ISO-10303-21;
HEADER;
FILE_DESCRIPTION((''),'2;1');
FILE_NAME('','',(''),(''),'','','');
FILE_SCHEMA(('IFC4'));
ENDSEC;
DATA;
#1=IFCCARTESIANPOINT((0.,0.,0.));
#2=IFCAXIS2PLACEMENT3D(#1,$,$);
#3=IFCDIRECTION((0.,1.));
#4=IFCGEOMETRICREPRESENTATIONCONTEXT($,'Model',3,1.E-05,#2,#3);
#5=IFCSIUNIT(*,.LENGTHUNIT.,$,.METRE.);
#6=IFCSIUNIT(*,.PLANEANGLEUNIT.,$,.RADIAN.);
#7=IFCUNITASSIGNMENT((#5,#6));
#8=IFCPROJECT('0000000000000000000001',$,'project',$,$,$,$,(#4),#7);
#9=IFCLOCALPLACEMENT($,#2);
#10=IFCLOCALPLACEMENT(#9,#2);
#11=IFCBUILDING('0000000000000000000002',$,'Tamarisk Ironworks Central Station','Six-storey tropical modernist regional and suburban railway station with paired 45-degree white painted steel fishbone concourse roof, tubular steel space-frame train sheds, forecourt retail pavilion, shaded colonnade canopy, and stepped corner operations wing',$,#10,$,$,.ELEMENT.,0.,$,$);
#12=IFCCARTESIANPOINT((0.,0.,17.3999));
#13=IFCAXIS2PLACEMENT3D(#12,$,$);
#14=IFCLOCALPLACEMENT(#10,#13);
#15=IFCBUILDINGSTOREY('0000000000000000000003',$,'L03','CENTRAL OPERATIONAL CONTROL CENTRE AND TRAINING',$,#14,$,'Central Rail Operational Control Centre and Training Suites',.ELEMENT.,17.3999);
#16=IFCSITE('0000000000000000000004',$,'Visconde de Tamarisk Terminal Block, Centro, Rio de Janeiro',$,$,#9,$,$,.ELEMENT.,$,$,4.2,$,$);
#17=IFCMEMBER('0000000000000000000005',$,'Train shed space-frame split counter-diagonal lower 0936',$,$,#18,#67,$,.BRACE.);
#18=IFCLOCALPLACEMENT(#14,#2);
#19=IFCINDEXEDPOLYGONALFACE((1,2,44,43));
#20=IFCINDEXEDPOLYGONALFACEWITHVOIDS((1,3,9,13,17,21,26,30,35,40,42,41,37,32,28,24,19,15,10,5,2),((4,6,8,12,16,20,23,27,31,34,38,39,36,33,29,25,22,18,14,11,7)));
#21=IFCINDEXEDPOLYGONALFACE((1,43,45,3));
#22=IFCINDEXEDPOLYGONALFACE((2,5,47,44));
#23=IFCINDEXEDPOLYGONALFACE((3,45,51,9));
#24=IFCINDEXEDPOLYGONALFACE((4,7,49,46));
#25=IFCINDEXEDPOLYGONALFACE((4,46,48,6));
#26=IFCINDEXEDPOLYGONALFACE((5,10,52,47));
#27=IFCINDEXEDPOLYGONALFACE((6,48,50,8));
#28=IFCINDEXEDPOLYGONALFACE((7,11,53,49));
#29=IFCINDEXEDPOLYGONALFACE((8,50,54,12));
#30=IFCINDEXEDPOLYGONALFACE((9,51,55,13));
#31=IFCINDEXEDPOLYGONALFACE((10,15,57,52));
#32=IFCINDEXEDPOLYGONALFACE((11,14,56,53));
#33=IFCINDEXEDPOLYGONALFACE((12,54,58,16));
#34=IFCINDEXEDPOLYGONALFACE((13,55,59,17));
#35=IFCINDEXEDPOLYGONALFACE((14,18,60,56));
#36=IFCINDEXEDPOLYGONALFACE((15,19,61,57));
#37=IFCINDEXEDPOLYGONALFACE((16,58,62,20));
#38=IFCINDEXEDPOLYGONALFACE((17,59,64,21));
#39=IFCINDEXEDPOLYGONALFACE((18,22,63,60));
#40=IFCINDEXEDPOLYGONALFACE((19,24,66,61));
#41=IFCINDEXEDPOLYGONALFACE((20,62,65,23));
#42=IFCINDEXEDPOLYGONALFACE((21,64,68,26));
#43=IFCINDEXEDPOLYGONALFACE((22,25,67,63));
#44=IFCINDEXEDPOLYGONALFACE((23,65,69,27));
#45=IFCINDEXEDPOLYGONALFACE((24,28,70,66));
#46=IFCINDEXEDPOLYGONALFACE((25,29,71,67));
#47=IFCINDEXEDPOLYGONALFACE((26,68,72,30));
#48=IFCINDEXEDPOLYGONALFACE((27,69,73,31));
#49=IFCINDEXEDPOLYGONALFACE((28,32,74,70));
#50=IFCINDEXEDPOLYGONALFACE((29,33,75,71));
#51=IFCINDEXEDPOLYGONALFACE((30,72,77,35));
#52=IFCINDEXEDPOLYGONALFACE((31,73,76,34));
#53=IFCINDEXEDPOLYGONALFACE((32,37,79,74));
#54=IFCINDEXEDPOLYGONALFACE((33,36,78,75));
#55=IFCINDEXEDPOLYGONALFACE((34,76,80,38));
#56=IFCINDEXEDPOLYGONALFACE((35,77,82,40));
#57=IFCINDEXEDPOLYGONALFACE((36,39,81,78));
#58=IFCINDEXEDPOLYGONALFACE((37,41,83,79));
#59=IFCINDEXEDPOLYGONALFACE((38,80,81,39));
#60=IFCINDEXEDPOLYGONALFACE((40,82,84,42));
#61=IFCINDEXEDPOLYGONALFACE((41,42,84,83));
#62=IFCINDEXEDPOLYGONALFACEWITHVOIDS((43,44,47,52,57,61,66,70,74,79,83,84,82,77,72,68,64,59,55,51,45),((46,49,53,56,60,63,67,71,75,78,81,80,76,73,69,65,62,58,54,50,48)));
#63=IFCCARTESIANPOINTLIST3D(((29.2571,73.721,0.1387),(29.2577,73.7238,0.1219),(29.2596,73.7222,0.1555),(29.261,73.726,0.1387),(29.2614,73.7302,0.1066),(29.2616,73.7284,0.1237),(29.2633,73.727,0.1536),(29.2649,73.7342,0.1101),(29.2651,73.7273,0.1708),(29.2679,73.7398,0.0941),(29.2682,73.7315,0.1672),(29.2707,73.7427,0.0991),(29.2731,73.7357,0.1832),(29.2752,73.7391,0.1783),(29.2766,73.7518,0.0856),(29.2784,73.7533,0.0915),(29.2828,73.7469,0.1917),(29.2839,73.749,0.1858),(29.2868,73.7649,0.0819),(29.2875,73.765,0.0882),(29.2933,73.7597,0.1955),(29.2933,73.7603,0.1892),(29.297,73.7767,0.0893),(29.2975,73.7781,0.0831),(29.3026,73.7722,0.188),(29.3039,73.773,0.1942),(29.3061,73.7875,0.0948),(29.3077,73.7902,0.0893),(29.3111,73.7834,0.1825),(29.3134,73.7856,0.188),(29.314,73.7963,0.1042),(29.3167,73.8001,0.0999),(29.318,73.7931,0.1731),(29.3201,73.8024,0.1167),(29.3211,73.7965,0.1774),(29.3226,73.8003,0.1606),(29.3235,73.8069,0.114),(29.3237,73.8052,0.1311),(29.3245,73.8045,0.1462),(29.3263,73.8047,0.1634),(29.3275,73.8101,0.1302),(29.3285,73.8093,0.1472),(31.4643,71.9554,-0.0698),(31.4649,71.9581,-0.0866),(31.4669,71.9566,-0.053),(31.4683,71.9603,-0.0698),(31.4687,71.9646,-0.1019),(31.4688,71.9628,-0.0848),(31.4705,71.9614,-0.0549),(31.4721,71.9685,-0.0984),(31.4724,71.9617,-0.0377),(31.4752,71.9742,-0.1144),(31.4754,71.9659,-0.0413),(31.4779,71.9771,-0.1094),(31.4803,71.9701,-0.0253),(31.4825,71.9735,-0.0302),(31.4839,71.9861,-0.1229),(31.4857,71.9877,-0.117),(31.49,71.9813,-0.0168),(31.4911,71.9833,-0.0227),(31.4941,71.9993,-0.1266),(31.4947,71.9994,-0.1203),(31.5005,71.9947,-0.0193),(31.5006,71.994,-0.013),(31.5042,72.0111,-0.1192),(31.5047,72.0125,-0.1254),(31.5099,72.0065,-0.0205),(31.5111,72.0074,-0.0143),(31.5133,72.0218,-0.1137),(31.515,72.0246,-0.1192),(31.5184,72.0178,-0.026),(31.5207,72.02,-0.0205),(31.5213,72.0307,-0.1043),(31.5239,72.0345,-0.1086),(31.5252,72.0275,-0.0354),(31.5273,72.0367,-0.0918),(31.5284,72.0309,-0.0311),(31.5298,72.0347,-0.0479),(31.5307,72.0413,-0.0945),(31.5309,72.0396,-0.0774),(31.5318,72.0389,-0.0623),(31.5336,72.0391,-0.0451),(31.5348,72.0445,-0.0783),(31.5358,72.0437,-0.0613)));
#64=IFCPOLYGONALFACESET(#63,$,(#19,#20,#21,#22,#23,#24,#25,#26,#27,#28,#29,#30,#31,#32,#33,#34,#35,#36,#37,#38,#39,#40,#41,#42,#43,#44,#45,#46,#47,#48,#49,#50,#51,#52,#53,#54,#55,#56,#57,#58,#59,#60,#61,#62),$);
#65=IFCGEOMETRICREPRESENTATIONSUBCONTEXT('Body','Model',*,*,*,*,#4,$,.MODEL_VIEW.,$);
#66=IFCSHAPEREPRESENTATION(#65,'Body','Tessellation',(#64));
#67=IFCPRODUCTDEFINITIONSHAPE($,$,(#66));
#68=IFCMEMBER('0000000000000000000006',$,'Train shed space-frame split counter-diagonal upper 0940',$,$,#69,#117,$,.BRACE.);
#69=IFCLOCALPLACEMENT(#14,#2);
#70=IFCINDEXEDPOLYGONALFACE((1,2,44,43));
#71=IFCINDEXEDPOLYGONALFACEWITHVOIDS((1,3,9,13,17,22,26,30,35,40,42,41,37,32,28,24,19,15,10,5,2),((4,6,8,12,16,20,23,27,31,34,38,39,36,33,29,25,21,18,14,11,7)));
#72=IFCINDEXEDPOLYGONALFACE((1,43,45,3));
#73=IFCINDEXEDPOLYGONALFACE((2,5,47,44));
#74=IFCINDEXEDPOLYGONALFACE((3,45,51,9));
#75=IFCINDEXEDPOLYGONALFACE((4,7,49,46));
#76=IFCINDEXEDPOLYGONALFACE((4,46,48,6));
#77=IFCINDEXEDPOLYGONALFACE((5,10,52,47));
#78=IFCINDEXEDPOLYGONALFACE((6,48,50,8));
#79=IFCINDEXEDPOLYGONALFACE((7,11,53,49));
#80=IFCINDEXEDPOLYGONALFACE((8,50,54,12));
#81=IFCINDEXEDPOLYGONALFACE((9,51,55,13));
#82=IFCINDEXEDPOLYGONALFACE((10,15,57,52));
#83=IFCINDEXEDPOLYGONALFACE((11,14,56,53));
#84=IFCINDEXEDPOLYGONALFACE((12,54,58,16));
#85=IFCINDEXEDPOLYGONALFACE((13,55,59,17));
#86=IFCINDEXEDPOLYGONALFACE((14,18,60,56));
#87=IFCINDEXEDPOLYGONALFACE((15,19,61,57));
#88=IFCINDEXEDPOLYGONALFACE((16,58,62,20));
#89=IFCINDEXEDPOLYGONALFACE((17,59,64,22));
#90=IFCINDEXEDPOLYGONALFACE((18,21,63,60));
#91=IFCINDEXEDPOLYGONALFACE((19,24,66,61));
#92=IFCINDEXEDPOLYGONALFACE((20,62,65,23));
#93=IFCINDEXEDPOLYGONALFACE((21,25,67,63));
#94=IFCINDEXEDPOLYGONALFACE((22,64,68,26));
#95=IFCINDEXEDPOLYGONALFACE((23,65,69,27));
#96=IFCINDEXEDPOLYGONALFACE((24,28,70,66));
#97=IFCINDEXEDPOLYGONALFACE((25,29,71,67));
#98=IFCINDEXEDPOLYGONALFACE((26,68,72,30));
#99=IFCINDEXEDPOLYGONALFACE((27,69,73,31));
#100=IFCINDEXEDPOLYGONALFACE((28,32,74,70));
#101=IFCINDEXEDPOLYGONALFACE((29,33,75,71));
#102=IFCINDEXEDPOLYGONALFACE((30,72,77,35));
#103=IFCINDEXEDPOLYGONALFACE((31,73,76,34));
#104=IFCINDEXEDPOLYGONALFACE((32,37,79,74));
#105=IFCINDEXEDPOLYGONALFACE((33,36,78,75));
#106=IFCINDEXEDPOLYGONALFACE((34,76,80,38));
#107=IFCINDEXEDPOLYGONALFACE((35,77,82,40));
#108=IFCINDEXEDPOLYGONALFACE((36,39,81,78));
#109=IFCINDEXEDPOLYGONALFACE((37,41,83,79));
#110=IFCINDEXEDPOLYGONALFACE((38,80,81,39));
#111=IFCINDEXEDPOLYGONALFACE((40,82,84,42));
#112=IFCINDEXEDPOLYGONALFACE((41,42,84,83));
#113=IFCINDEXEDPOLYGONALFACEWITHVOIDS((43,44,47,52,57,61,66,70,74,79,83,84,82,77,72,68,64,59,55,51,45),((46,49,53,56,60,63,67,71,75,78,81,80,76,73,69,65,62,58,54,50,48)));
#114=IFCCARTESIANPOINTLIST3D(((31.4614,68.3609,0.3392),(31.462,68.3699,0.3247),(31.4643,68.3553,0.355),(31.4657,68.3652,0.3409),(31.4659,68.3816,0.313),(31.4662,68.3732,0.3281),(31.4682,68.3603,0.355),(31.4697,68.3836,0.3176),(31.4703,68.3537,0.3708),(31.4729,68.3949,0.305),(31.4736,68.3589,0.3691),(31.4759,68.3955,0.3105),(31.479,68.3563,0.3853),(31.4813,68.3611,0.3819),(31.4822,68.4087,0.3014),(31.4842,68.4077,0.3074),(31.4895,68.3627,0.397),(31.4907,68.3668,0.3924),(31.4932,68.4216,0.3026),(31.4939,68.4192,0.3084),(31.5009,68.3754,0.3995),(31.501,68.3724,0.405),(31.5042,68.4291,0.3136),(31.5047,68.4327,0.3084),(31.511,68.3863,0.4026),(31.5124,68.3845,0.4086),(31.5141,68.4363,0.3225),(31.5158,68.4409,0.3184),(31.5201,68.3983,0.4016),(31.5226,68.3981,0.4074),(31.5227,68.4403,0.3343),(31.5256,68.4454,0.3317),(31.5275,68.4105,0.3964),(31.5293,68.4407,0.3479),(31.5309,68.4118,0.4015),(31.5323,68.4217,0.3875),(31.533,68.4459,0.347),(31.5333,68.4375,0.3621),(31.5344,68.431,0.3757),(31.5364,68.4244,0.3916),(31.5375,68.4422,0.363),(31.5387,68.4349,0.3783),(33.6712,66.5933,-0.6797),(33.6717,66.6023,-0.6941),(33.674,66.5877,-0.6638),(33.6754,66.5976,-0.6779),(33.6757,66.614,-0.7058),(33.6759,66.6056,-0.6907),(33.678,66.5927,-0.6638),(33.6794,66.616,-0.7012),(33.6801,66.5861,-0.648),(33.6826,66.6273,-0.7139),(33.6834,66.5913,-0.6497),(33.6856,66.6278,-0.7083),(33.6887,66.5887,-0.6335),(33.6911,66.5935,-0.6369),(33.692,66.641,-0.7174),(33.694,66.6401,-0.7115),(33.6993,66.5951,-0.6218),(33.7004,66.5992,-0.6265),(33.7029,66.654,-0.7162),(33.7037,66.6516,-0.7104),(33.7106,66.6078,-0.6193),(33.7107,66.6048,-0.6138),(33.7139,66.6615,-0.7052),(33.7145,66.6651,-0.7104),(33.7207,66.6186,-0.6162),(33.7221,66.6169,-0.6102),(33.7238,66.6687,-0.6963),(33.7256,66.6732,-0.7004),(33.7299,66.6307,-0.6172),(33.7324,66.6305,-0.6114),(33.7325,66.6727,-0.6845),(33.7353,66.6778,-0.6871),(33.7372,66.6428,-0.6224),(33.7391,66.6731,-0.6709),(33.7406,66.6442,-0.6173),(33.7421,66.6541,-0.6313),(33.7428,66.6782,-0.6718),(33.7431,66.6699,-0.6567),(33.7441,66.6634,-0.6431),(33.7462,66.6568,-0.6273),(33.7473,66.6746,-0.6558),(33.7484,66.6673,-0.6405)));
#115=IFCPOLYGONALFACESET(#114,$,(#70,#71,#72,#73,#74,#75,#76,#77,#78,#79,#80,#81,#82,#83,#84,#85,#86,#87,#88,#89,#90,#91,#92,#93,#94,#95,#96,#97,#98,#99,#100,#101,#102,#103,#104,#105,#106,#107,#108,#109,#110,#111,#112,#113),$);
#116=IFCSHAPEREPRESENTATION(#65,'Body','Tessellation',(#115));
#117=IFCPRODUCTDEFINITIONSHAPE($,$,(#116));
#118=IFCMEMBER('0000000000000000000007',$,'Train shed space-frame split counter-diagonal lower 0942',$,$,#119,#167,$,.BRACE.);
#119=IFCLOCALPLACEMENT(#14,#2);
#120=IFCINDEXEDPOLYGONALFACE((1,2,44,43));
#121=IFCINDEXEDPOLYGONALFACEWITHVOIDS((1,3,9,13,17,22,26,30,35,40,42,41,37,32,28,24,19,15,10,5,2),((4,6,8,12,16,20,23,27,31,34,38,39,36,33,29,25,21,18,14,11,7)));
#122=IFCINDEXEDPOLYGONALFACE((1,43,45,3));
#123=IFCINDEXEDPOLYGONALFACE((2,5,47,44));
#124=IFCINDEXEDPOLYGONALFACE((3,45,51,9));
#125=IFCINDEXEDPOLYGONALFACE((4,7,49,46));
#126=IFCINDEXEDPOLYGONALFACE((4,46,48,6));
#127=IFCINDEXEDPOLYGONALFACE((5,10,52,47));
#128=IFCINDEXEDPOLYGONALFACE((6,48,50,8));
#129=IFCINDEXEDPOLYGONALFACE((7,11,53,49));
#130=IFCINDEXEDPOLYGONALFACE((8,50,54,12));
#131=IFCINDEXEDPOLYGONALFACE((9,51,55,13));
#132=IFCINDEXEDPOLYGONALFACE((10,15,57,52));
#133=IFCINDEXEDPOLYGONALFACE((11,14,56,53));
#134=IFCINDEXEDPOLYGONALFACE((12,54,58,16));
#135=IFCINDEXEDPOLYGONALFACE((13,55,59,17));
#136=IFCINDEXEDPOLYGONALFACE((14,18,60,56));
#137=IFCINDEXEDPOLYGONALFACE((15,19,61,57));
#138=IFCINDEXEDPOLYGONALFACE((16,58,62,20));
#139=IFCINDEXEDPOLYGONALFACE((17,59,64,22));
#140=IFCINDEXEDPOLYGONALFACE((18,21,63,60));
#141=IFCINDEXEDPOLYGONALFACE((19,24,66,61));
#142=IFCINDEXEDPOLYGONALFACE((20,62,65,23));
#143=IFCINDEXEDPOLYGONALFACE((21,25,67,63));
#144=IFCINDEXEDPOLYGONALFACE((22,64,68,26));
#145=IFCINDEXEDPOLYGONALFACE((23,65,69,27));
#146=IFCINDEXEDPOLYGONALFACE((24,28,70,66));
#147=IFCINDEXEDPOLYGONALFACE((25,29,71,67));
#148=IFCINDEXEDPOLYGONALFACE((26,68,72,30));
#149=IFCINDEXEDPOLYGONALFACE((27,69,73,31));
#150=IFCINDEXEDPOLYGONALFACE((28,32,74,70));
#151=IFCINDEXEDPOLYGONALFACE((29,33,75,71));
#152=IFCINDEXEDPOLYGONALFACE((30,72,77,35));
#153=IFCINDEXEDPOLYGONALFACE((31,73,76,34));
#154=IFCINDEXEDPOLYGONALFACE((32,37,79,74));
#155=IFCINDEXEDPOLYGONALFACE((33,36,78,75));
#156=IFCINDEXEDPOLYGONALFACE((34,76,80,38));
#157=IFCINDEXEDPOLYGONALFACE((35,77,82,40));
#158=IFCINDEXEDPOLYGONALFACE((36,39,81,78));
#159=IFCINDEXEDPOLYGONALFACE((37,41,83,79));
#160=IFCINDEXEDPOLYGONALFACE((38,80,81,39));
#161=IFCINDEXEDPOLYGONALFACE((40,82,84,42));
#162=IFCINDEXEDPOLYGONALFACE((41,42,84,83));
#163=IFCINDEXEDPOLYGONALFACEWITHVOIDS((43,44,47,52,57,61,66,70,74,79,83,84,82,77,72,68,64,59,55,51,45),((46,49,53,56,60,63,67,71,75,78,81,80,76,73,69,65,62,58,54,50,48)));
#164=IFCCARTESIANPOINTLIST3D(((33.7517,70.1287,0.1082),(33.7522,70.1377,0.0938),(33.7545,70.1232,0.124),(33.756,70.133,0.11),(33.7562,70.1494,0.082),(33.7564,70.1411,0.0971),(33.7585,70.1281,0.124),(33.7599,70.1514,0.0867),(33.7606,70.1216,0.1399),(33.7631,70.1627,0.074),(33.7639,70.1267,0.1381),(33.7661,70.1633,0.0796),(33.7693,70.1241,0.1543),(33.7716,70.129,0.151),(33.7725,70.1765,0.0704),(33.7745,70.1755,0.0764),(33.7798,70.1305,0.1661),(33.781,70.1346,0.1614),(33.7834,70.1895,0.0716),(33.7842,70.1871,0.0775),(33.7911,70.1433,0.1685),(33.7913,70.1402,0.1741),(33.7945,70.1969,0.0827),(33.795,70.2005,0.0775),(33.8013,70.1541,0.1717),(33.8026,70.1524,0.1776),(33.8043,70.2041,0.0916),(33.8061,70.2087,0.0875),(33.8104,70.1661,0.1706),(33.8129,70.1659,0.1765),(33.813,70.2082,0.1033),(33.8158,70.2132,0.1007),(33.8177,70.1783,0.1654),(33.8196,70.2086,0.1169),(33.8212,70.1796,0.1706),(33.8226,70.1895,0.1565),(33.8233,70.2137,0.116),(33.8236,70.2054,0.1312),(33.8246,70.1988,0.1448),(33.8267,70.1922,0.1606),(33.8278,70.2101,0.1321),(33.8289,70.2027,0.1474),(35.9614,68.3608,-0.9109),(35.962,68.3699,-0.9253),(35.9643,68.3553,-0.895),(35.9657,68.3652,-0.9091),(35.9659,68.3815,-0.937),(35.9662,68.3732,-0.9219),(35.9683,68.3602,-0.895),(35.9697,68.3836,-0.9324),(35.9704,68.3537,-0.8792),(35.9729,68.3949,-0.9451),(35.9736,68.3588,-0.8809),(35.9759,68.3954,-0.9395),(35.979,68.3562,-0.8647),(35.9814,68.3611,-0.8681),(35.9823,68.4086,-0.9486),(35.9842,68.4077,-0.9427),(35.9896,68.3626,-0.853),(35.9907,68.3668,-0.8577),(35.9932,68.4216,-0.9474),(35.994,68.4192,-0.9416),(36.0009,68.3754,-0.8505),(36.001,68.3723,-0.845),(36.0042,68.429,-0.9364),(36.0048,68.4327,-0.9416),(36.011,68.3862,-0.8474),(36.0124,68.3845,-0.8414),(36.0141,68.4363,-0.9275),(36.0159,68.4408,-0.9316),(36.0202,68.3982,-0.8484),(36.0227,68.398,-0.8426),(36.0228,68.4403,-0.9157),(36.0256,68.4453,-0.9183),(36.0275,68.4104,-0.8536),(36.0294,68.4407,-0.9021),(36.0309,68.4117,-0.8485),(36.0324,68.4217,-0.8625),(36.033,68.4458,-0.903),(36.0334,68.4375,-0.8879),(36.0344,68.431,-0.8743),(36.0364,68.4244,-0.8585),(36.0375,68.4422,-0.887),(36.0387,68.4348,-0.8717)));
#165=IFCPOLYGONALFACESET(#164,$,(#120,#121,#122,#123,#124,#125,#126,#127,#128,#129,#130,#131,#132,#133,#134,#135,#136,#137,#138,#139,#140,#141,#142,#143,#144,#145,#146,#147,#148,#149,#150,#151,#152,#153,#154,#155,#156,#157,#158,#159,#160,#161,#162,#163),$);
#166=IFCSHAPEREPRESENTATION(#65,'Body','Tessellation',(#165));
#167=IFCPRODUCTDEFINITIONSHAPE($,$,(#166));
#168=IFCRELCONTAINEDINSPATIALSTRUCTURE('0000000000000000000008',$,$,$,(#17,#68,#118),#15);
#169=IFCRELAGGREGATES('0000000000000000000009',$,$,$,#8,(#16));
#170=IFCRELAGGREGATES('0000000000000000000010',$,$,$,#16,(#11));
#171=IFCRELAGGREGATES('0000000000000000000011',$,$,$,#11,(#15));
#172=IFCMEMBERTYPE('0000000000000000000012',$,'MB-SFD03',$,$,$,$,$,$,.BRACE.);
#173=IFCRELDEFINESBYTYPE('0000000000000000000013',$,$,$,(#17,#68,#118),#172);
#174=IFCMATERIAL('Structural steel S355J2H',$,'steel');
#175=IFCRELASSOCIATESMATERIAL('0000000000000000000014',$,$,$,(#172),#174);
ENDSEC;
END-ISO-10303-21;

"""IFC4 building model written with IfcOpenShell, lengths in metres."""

from ifc_helpers import new_model, si_unit, direction, frame, origin, origin_2d, place, context, subcontext, project, spatial, hollow_circle, extrude, material, material_profile, profile_set, type_object, element, save


model = new_model("IFC4")

# Units and contexts
model_context = context("Model", 3, precision=1e-05, world=origin(), true_north=direction((0.0, 1.0)))
body_context = subcontext(model_context, "Body", "Model", "MODEL_VIEW")
ifc_project = project(units=[si_unit("LENGTHUNIT", "METRE"), si_unit("PLANEANGLEUNIT", "RADIAN")], contexts=[model_context])

# Site, building, storey
site_placement = place(None, origin())
site = spatial("IfcSite", under=ifc_project, at=site_placement, Name="Visconde de Tamarisk Terminal Block, Centro, Rio de Janeiro", CompositionType="ELEMENT", RefElevation=4.2)
building_placement = place(site_placement, origin())
building = spatial("IfcBuilding", under=site, at=building_placement, Name="Tamarisk Ironworks Central Station", Description="Six-storey tropical modernist regional and suburban railway station with paired 45-degree white painted steel fishbone concourse roof, tubular steel space-frame train sheds, forecourt retail pavilion, shaded colonnade canopy, and stepped corner operations wing", CompositionType="ELEMENT", ElevationOfRefHeight=0.0)
storey_placement = place(building_placement, frame((0.0, 0.0, 17.3999)))
storey = spatial("IfcBuildingStorey", under=building, at=storey_placement, Name="L03", Description="CENTRAL OPERATIONAL CONTROL CENTRE AND TRAINING", LongName="Central Rail Operational Control Centre and Training Suites", CompositionType="ELEMENT", Elevation=17.3999)

# Members
ifc_material = material(Name="Structural steel S355J2H", Category="steel")
ifc_material_profile_1 = material_profile(ifc_material, hollow_circle(Radius=0.0571, WallThickness=0.0063, at=origin_2d()), Name="CHS 114.3x6.3")
ifc_profile_set_1 = profile_set([ifc_material_profile_1], Name="Structural steel S355J2H")
member_type_1 = type_object("IfcMemberType", Name="MB-SFD03", PredefinedType="BRACE", material=ifc_profile_set_1)
member_1_placement = place(storey_placement, frame((31.5, 72.0, -0.0698), z_axis=(-0.778787, 0.62296, 0.073563), x_axis=(-0.624653, -0.780903, 0.0)))
element("IfcMember", 1, at=member_1_placement, inside=storey, type_object=member_type_1, Name="Train shed space-frame split counter-diagonal lower 0936", PredefinedType="BRACE", context=body_context, shape_type="SweptSolid", body=[
    extrude(hollow_circle(Radius=0.0571, WallThickness=0.0063, at=origin_2d()), origin(), (0.0, 0.0, 1.0), 2.8342),
])
member_2_placement = place(storey_placement, frame((33.7097, 66.6323, -0.6638), z_axis=(-0.734732, 0.587721, 0.338751), x_axis=(-0.624653, -0.780902, 0.0)))
element("IfcMember", 2, at=member_2_placement, inside=storey, type_object=member_type_1, Name="Train shed space-frame split counter-diagonal upper 0940", PredefinedType="BRACE", context=body_context, shape_type="SweptSolid", body=[
    extrude(hollow_circle(Radius=0.0571, WallThickness=0.0063, at=origin_2d()), origin(), (0.0, 0.0, 1.0), 3.0076),
])
member_3_placement = place(storey_placement, frame((36.0, 68.3999, -0.895), z_axis=(-0.734677, 0.587758, 0.338807), x_axis=(-0.624706, -0.78086, 0.0)))
element("IfcMember", 3, at=member_3_placement, inside=storey, type_object=member_type_1, Name="Train shed space-frame split counter-diagonal lower 0942", PredefinedType="BRACE", context=body_context, shape_type="SweptSolid", body=[
    extrude(hollow_circle(Radius=0.0571, WallThickness=0.0063, at=origin_2d()), origin(), (0.0, 0.0, 1.0), 3.0078),
])

save(model, "model.ifc")
